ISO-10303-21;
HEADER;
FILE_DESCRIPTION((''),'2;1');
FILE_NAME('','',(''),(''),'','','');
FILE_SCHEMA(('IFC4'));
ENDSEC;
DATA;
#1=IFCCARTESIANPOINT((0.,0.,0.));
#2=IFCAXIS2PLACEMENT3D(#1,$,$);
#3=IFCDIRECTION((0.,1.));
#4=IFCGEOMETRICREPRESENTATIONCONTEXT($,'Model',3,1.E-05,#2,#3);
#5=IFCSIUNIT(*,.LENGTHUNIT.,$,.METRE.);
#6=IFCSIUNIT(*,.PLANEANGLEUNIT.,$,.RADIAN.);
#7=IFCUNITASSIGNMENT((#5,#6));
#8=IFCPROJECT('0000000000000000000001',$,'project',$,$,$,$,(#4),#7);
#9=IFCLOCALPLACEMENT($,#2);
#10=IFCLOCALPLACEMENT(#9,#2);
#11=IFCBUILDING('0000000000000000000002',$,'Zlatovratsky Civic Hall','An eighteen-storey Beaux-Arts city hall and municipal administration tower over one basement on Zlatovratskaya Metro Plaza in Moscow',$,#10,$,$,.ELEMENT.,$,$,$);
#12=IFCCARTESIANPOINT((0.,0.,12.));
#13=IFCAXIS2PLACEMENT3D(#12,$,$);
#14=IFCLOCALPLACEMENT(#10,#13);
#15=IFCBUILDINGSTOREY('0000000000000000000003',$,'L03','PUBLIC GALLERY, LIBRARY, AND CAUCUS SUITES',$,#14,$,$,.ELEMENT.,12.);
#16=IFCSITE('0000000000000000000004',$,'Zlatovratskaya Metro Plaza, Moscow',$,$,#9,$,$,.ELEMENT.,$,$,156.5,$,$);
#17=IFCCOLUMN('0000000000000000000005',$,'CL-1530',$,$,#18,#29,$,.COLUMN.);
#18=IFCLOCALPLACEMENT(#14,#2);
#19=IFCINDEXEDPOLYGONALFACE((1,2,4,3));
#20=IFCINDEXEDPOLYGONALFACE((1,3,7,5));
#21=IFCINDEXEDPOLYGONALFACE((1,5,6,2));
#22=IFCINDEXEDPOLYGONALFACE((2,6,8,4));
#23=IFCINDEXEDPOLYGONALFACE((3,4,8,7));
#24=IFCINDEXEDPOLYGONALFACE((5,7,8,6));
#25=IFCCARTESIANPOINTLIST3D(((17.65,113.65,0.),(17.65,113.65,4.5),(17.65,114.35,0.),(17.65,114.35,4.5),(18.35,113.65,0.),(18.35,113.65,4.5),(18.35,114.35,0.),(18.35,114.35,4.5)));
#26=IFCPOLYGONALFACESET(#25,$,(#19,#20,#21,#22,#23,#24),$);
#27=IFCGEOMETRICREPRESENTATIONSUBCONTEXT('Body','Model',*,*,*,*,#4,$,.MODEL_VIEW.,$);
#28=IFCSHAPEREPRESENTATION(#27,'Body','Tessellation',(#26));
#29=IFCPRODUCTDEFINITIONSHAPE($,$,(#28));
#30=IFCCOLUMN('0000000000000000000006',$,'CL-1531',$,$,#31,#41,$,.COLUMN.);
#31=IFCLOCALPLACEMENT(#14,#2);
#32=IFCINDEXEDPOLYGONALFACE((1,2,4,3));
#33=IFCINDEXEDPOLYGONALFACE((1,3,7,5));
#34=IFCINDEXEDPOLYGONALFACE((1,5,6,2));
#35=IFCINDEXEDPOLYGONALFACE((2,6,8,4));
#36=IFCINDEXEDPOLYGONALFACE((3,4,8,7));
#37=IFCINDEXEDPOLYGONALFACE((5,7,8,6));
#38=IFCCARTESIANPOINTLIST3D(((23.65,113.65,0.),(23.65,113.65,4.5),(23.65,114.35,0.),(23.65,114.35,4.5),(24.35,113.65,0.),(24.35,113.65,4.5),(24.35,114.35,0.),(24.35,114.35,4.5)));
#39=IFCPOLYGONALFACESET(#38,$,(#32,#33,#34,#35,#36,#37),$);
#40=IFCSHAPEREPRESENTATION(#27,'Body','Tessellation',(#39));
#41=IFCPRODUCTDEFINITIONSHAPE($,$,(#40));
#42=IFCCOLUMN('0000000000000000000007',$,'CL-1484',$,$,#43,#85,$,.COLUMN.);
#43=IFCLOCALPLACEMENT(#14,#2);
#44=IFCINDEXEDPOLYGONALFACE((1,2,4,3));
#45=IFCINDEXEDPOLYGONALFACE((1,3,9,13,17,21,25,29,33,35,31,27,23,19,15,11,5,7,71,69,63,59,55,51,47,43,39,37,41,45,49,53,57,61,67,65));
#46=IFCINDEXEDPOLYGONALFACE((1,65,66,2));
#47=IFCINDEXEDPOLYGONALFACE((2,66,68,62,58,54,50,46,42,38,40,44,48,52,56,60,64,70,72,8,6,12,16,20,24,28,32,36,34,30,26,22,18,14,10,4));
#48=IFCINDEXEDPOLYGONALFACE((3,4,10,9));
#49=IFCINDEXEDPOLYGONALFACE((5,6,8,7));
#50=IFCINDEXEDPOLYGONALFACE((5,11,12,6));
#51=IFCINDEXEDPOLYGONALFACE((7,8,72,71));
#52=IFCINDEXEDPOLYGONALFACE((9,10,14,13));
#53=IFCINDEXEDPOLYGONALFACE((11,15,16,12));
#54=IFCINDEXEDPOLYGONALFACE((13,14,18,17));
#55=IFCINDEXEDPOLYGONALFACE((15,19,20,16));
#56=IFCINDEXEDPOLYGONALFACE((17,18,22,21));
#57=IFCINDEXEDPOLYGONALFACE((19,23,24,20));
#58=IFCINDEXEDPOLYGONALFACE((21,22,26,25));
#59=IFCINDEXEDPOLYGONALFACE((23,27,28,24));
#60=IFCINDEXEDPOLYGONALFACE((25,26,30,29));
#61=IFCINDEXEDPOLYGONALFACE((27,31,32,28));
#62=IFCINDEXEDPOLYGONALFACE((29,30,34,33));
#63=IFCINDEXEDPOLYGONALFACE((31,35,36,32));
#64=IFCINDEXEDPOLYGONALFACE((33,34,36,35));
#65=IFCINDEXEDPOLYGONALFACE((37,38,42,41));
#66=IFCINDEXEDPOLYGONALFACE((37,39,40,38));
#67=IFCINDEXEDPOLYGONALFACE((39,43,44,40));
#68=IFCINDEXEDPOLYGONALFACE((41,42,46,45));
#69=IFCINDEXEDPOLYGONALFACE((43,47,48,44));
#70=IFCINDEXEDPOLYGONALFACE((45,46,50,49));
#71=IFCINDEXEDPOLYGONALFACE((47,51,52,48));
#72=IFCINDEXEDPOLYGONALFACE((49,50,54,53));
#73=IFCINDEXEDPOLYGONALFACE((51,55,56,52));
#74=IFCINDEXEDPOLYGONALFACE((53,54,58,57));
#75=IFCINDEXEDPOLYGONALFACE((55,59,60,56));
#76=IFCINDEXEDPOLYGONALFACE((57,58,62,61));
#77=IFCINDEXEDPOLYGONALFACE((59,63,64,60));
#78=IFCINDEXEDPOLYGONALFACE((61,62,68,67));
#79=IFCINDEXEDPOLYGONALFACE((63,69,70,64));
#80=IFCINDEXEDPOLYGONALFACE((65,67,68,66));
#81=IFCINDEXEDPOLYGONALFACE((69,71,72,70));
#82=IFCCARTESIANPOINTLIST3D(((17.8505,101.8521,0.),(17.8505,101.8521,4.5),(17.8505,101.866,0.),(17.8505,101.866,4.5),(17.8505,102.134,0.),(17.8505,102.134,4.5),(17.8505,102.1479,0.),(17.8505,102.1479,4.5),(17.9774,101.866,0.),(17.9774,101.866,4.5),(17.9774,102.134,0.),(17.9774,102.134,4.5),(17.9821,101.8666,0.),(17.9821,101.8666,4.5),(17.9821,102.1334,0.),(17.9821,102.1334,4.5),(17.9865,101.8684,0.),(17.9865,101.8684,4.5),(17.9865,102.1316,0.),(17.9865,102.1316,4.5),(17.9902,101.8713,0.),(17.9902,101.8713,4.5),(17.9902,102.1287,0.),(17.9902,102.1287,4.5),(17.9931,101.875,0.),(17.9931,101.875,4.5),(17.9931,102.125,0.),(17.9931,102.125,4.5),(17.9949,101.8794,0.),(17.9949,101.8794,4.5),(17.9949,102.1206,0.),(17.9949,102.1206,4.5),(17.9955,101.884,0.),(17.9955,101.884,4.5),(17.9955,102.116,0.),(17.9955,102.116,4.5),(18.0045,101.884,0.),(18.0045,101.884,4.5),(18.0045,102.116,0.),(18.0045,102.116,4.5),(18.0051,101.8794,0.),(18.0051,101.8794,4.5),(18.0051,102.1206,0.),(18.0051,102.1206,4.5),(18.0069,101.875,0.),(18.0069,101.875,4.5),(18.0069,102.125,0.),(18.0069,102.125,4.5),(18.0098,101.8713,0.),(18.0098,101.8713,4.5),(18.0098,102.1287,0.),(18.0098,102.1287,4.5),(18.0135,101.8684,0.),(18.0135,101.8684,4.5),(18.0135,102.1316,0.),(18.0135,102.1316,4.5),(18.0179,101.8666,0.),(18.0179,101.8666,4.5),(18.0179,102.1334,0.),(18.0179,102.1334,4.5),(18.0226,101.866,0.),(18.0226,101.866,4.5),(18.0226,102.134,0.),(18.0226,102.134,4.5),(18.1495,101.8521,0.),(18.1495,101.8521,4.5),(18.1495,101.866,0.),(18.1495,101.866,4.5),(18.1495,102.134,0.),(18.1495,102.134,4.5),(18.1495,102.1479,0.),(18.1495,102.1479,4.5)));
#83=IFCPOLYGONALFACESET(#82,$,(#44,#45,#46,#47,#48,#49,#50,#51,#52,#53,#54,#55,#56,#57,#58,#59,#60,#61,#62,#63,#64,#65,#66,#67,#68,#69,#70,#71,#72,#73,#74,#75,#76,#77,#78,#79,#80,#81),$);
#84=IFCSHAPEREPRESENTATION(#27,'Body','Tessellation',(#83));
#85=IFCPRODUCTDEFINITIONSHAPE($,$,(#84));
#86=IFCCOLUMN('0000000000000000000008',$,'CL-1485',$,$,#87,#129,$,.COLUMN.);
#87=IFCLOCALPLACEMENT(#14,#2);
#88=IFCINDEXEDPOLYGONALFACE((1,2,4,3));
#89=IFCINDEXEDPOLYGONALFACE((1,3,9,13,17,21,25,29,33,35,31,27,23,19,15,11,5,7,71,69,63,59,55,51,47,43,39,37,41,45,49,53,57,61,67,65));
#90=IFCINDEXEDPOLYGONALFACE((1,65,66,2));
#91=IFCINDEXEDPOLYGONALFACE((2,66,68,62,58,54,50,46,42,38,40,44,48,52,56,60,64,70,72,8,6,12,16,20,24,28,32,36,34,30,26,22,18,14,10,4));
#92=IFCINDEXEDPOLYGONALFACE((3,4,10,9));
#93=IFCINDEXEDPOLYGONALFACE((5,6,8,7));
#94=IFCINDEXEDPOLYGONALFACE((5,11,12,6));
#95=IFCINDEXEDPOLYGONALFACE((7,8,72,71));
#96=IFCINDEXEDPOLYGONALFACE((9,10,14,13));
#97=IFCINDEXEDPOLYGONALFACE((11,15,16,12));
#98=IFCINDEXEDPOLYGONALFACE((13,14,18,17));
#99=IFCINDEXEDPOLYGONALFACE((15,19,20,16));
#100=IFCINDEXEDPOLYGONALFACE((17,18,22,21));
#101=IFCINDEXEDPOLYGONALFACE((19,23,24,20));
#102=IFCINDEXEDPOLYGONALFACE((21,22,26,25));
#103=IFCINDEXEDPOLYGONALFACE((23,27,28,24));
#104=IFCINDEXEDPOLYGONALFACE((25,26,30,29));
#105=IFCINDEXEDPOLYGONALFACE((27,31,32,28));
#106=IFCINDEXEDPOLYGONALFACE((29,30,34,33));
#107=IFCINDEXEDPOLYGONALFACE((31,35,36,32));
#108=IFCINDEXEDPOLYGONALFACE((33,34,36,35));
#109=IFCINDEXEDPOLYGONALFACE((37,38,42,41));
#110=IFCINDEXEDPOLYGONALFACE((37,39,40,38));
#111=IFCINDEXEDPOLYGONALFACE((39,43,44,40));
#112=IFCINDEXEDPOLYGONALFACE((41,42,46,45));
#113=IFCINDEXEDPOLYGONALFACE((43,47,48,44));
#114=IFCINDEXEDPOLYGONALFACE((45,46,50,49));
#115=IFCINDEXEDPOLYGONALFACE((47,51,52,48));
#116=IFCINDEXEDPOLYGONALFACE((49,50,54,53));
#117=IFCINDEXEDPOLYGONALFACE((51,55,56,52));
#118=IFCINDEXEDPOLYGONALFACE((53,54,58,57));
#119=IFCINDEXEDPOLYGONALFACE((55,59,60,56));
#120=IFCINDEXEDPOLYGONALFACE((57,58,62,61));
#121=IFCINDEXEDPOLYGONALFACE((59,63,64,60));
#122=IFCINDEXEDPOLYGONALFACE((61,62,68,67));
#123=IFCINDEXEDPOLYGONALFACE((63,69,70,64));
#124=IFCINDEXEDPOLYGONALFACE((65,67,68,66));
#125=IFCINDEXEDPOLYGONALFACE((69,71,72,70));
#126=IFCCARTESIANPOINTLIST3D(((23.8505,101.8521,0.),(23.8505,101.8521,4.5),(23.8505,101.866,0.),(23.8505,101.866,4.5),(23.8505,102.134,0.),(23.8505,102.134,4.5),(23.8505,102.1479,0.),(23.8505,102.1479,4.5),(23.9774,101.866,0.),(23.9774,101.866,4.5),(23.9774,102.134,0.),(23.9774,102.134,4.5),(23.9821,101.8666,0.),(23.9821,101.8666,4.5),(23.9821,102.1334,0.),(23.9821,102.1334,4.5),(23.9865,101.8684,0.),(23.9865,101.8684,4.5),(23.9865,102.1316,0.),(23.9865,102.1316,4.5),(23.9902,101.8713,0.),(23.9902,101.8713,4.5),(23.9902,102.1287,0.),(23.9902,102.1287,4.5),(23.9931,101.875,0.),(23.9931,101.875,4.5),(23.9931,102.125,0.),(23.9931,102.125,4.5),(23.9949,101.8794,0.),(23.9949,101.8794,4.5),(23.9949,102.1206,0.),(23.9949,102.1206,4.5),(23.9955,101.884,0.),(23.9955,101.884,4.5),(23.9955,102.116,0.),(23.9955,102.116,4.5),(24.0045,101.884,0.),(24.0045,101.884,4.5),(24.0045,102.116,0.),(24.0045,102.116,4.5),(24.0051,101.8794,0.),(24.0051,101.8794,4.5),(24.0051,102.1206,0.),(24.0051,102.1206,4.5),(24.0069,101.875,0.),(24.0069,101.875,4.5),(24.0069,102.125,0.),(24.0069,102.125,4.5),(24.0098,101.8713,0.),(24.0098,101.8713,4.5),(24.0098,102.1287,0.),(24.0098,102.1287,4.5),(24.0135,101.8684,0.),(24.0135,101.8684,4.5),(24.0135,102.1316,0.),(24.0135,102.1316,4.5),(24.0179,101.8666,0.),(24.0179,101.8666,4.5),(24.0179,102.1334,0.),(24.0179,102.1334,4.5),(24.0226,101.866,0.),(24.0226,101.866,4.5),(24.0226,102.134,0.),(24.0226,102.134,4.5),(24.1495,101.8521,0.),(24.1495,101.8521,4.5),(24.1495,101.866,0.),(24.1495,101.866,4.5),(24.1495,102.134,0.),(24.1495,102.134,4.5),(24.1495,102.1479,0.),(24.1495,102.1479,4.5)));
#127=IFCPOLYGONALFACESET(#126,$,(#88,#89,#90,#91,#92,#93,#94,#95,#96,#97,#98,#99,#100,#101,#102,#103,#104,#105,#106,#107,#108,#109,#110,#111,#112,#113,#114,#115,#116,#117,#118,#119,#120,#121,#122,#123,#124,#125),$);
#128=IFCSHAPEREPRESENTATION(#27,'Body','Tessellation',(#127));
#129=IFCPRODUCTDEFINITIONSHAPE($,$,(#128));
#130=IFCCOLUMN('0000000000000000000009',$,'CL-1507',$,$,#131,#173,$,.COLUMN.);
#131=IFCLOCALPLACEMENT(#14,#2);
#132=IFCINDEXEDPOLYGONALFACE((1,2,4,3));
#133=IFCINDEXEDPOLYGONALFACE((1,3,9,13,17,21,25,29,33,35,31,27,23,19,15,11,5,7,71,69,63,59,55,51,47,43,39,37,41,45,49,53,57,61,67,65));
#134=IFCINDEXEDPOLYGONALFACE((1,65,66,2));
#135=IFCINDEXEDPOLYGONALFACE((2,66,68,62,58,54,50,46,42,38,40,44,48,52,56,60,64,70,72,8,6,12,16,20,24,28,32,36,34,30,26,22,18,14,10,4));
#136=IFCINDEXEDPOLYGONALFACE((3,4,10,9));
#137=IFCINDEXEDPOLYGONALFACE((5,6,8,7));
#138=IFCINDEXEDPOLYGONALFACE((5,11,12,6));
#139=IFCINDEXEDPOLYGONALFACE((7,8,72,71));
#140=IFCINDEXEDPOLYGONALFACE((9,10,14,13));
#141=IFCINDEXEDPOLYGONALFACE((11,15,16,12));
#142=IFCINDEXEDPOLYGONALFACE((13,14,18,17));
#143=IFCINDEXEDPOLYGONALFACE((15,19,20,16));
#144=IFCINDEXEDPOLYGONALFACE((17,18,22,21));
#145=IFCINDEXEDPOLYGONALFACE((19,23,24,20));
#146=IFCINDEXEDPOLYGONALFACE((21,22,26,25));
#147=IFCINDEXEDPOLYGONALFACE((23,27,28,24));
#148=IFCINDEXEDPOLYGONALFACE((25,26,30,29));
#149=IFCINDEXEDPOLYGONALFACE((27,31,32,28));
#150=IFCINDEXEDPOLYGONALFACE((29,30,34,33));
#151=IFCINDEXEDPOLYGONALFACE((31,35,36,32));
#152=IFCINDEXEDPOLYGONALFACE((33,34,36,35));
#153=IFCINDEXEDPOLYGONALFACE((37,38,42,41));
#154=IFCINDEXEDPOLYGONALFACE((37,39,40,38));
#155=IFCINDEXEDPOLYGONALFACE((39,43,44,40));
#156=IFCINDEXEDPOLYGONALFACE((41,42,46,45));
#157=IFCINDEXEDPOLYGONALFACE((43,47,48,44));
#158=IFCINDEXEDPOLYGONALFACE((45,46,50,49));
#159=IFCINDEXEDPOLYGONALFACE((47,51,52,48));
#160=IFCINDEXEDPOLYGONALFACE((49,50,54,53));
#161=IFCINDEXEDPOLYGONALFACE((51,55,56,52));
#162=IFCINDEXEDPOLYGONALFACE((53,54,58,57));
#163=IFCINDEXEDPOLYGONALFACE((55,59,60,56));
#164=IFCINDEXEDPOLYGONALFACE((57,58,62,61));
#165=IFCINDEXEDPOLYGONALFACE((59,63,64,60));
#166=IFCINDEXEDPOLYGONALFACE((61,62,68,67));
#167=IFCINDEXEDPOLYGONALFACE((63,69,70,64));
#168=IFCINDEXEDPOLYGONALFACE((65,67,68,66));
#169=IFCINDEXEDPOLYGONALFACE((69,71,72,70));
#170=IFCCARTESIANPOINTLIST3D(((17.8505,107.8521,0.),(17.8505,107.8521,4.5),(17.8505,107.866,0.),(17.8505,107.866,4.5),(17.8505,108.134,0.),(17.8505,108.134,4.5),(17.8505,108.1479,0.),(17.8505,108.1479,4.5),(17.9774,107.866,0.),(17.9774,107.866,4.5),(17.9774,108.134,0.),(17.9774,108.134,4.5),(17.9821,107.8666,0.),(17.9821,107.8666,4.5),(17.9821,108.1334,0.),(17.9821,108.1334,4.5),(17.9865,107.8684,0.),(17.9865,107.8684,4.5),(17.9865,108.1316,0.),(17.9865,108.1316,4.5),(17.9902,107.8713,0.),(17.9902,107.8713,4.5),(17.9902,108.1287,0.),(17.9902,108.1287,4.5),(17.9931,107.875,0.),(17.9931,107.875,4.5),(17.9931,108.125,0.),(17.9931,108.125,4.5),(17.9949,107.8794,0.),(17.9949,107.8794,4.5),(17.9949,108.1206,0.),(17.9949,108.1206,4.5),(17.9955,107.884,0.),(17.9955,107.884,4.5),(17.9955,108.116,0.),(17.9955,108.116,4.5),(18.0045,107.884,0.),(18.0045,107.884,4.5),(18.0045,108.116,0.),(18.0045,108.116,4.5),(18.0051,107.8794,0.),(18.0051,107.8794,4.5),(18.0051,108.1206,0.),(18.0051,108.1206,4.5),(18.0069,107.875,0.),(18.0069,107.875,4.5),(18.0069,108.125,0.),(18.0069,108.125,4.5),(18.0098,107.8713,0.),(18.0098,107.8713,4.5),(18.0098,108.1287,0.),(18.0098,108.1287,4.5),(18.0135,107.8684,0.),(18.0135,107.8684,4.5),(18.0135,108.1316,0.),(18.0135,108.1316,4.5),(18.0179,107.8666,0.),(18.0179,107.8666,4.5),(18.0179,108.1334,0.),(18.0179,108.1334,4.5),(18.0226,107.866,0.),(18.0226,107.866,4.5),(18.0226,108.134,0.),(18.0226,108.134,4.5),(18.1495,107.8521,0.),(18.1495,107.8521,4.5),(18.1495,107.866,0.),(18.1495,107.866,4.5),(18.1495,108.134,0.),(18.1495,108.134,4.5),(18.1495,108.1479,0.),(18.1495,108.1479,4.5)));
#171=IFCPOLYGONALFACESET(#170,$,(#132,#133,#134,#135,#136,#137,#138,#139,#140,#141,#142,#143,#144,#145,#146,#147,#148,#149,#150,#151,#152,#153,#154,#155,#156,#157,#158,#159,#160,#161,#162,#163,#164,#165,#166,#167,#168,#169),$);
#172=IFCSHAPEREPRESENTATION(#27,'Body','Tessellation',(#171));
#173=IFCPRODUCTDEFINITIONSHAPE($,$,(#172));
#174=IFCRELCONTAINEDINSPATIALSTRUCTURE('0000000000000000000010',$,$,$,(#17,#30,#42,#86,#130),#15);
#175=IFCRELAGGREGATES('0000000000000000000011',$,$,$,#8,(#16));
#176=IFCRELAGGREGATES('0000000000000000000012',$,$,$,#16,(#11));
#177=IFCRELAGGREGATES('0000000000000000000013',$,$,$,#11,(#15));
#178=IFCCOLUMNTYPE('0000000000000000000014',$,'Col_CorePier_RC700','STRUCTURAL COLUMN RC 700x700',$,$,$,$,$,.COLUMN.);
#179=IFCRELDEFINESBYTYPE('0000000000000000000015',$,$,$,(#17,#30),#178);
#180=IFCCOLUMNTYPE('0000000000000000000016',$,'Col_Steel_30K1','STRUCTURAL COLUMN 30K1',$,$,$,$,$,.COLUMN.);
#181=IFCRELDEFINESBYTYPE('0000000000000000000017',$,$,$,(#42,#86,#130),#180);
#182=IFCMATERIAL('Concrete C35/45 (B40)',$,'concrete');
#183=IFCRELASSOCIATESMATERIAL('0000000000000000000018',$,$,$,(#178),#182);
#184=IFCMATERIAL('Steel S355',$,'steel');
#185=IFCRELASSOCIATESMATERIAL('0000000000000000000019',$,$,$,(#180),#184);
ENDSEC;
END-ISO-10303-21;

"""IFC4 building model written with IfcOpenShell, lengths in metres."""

from ifc_helpers import new_model, si_unit, direction, frame, origin, origin_2d, place, context, subcontext, project, spatial, rectangle, i_section, extrude, material, material_profile, profile_set, type_object, element, save


model = new_model("IFC4")

# Units and contexts
model_context = context("Model", 3, precision=1e-05, world=origin(), true_north=direction((0.0, 1.0)))
body_context = subcontext(model_context, "Body", "Model", "MODEL_VIEW")
ifc_project = project(units=[si_unit("LENGTHUNIT", "METRE"), si_unit("PLANEANGLEUNIT", "RADIAN")], contexts=[model_context])

# Site, building, storey
site_placement = place(None, origin())
site = spatial("IfcSite", under=ifc_project, at=site_placement, Name="Zlatovratskaya Metro Plaza, Moscow", CompositionType="ELEMENT", RefElevation=156.5)
building_placement = place(site_placement, origin())
building = spatial("IfcBuilding", under=site, at=building_placement, Name="Zlatovratsky Civic Hall", Description="An eighteen-storey Beaux-Arts city hall and municipal administration tower over one basement on Zlatovratskaya Metro Plaza in Moscow", CompositionType="ELEMENT")
storey_placement = place(building_placement, frame((0.0, 0.0, 12.0)))
storey = spatial("IfcBuildingStorey", under=building, at=storey_placement, Name="L03", Description="PUBLIC GALLERY, LIBRARY, AND CAUCUS SUITES", CompositionType="ELEMENT", Elevation=12.0)

# Columns
ifc_material_1 = material(Name="Concrete C35/45 (B40)", Category="concrete")
ifc_material_profile_1 = material_profile(ifc_material_1, rectangle(XDim=0.7, YDim=0.7, at=origin_2d()), Name="RC 700x700")
ifc_profile_set_1 = profile_set([ifc_material_profile_1], Name="Concrete C35/45 (B40)")
column_type_1 = type_object("IfcColumnType", Name="Col_CorePier_RC700", Description="STRUCTURAL COLUMN RC 700x700", PredefinedType="COLUMN", material=ifc_profile_set_1)
for number, where, z_axis, x_axis, name in (
    (1, (18.0, 114.0, 0.0), (0.0, 0.0, 1.0), (1.0, 0.0, 0.0), "CL-1530"),
    (2, (24.0, 114.0, 0.0), (0.0, 0.0, 1.0), (1.0, 0.0, 0.0), "CL-1531"),
):
    element("IfcColumn", number, at=place(storey_placement, frame(where, z_axis=z_axis, x_axis=x_axis)), inside=storey, type_object=column_type_1, Name=name, PredefinedType="COLUMN", context=body_context, shape_type="SweptSolid", body=[
        extrude(rectangle(XDim=0.7, YDim=0.7, at=origin_2d()), origin(), (0.0, 0.0, 1.0), 4.5),
    ])
ifc_material_2 = material(Name="Steel S355", Category="steel")
ifc_material_profile_2 = material_profile(ifc_material_2, i_section(OverallWidth=0.2991, OverallDepth=0.2959, WebThickness=0.009, FlangeThickness=0.0139, FilletRadius=0.0181, at=origin_2d()), Name="30K1")
ifc_profile_set_2 = profile_set([ifc_material_profile_2], Name="Steel S355")
column_type_2 = type_object("IfcColumnType", Name="Col_Steel_30K1", Description="STRUCTURAL COLUMN 30K1", PredefinedType="COLUMN", material=ifc_profile_set_2)
for number, where, z_axis, x_axis, name in (
    (3, (18.0, 102.0, 0.0), (0.0, 0.0, 1.0), (1.0, 0.0, 0.0), "CL-1484"),
    (4, (24.0, 102.0, 0.0), (0.0, 0.0, 1.0), (1.0, 0.0, 0.0), "CL-1485"),
    (5, (18.0, 108.0, 0.0), (0.0, 0.0, 1.0), (1.0, 0.0, 0.0), "CL-1507"),
):
    element("IfcColumn", number, at=place(storey_placement, frame(where, z_axis=z_axis, x_axis=x_axis)), inside=storey, type_object=column_type_2, Name=name, PredefinedType="COLUMN", context=body_context, shape_type="SweptSolid", body=[
        extrude(i_section(OverallWidth=0.2991, OverallDepth=0.2959, WebThickness=0.009, FlangeThickness=0.0139, FilletRadius=0.0181, at=origin_2d()), origin(), (0.0, 0.0, 1.0), 4.5),
    ])

save(model, "model.ifc")
